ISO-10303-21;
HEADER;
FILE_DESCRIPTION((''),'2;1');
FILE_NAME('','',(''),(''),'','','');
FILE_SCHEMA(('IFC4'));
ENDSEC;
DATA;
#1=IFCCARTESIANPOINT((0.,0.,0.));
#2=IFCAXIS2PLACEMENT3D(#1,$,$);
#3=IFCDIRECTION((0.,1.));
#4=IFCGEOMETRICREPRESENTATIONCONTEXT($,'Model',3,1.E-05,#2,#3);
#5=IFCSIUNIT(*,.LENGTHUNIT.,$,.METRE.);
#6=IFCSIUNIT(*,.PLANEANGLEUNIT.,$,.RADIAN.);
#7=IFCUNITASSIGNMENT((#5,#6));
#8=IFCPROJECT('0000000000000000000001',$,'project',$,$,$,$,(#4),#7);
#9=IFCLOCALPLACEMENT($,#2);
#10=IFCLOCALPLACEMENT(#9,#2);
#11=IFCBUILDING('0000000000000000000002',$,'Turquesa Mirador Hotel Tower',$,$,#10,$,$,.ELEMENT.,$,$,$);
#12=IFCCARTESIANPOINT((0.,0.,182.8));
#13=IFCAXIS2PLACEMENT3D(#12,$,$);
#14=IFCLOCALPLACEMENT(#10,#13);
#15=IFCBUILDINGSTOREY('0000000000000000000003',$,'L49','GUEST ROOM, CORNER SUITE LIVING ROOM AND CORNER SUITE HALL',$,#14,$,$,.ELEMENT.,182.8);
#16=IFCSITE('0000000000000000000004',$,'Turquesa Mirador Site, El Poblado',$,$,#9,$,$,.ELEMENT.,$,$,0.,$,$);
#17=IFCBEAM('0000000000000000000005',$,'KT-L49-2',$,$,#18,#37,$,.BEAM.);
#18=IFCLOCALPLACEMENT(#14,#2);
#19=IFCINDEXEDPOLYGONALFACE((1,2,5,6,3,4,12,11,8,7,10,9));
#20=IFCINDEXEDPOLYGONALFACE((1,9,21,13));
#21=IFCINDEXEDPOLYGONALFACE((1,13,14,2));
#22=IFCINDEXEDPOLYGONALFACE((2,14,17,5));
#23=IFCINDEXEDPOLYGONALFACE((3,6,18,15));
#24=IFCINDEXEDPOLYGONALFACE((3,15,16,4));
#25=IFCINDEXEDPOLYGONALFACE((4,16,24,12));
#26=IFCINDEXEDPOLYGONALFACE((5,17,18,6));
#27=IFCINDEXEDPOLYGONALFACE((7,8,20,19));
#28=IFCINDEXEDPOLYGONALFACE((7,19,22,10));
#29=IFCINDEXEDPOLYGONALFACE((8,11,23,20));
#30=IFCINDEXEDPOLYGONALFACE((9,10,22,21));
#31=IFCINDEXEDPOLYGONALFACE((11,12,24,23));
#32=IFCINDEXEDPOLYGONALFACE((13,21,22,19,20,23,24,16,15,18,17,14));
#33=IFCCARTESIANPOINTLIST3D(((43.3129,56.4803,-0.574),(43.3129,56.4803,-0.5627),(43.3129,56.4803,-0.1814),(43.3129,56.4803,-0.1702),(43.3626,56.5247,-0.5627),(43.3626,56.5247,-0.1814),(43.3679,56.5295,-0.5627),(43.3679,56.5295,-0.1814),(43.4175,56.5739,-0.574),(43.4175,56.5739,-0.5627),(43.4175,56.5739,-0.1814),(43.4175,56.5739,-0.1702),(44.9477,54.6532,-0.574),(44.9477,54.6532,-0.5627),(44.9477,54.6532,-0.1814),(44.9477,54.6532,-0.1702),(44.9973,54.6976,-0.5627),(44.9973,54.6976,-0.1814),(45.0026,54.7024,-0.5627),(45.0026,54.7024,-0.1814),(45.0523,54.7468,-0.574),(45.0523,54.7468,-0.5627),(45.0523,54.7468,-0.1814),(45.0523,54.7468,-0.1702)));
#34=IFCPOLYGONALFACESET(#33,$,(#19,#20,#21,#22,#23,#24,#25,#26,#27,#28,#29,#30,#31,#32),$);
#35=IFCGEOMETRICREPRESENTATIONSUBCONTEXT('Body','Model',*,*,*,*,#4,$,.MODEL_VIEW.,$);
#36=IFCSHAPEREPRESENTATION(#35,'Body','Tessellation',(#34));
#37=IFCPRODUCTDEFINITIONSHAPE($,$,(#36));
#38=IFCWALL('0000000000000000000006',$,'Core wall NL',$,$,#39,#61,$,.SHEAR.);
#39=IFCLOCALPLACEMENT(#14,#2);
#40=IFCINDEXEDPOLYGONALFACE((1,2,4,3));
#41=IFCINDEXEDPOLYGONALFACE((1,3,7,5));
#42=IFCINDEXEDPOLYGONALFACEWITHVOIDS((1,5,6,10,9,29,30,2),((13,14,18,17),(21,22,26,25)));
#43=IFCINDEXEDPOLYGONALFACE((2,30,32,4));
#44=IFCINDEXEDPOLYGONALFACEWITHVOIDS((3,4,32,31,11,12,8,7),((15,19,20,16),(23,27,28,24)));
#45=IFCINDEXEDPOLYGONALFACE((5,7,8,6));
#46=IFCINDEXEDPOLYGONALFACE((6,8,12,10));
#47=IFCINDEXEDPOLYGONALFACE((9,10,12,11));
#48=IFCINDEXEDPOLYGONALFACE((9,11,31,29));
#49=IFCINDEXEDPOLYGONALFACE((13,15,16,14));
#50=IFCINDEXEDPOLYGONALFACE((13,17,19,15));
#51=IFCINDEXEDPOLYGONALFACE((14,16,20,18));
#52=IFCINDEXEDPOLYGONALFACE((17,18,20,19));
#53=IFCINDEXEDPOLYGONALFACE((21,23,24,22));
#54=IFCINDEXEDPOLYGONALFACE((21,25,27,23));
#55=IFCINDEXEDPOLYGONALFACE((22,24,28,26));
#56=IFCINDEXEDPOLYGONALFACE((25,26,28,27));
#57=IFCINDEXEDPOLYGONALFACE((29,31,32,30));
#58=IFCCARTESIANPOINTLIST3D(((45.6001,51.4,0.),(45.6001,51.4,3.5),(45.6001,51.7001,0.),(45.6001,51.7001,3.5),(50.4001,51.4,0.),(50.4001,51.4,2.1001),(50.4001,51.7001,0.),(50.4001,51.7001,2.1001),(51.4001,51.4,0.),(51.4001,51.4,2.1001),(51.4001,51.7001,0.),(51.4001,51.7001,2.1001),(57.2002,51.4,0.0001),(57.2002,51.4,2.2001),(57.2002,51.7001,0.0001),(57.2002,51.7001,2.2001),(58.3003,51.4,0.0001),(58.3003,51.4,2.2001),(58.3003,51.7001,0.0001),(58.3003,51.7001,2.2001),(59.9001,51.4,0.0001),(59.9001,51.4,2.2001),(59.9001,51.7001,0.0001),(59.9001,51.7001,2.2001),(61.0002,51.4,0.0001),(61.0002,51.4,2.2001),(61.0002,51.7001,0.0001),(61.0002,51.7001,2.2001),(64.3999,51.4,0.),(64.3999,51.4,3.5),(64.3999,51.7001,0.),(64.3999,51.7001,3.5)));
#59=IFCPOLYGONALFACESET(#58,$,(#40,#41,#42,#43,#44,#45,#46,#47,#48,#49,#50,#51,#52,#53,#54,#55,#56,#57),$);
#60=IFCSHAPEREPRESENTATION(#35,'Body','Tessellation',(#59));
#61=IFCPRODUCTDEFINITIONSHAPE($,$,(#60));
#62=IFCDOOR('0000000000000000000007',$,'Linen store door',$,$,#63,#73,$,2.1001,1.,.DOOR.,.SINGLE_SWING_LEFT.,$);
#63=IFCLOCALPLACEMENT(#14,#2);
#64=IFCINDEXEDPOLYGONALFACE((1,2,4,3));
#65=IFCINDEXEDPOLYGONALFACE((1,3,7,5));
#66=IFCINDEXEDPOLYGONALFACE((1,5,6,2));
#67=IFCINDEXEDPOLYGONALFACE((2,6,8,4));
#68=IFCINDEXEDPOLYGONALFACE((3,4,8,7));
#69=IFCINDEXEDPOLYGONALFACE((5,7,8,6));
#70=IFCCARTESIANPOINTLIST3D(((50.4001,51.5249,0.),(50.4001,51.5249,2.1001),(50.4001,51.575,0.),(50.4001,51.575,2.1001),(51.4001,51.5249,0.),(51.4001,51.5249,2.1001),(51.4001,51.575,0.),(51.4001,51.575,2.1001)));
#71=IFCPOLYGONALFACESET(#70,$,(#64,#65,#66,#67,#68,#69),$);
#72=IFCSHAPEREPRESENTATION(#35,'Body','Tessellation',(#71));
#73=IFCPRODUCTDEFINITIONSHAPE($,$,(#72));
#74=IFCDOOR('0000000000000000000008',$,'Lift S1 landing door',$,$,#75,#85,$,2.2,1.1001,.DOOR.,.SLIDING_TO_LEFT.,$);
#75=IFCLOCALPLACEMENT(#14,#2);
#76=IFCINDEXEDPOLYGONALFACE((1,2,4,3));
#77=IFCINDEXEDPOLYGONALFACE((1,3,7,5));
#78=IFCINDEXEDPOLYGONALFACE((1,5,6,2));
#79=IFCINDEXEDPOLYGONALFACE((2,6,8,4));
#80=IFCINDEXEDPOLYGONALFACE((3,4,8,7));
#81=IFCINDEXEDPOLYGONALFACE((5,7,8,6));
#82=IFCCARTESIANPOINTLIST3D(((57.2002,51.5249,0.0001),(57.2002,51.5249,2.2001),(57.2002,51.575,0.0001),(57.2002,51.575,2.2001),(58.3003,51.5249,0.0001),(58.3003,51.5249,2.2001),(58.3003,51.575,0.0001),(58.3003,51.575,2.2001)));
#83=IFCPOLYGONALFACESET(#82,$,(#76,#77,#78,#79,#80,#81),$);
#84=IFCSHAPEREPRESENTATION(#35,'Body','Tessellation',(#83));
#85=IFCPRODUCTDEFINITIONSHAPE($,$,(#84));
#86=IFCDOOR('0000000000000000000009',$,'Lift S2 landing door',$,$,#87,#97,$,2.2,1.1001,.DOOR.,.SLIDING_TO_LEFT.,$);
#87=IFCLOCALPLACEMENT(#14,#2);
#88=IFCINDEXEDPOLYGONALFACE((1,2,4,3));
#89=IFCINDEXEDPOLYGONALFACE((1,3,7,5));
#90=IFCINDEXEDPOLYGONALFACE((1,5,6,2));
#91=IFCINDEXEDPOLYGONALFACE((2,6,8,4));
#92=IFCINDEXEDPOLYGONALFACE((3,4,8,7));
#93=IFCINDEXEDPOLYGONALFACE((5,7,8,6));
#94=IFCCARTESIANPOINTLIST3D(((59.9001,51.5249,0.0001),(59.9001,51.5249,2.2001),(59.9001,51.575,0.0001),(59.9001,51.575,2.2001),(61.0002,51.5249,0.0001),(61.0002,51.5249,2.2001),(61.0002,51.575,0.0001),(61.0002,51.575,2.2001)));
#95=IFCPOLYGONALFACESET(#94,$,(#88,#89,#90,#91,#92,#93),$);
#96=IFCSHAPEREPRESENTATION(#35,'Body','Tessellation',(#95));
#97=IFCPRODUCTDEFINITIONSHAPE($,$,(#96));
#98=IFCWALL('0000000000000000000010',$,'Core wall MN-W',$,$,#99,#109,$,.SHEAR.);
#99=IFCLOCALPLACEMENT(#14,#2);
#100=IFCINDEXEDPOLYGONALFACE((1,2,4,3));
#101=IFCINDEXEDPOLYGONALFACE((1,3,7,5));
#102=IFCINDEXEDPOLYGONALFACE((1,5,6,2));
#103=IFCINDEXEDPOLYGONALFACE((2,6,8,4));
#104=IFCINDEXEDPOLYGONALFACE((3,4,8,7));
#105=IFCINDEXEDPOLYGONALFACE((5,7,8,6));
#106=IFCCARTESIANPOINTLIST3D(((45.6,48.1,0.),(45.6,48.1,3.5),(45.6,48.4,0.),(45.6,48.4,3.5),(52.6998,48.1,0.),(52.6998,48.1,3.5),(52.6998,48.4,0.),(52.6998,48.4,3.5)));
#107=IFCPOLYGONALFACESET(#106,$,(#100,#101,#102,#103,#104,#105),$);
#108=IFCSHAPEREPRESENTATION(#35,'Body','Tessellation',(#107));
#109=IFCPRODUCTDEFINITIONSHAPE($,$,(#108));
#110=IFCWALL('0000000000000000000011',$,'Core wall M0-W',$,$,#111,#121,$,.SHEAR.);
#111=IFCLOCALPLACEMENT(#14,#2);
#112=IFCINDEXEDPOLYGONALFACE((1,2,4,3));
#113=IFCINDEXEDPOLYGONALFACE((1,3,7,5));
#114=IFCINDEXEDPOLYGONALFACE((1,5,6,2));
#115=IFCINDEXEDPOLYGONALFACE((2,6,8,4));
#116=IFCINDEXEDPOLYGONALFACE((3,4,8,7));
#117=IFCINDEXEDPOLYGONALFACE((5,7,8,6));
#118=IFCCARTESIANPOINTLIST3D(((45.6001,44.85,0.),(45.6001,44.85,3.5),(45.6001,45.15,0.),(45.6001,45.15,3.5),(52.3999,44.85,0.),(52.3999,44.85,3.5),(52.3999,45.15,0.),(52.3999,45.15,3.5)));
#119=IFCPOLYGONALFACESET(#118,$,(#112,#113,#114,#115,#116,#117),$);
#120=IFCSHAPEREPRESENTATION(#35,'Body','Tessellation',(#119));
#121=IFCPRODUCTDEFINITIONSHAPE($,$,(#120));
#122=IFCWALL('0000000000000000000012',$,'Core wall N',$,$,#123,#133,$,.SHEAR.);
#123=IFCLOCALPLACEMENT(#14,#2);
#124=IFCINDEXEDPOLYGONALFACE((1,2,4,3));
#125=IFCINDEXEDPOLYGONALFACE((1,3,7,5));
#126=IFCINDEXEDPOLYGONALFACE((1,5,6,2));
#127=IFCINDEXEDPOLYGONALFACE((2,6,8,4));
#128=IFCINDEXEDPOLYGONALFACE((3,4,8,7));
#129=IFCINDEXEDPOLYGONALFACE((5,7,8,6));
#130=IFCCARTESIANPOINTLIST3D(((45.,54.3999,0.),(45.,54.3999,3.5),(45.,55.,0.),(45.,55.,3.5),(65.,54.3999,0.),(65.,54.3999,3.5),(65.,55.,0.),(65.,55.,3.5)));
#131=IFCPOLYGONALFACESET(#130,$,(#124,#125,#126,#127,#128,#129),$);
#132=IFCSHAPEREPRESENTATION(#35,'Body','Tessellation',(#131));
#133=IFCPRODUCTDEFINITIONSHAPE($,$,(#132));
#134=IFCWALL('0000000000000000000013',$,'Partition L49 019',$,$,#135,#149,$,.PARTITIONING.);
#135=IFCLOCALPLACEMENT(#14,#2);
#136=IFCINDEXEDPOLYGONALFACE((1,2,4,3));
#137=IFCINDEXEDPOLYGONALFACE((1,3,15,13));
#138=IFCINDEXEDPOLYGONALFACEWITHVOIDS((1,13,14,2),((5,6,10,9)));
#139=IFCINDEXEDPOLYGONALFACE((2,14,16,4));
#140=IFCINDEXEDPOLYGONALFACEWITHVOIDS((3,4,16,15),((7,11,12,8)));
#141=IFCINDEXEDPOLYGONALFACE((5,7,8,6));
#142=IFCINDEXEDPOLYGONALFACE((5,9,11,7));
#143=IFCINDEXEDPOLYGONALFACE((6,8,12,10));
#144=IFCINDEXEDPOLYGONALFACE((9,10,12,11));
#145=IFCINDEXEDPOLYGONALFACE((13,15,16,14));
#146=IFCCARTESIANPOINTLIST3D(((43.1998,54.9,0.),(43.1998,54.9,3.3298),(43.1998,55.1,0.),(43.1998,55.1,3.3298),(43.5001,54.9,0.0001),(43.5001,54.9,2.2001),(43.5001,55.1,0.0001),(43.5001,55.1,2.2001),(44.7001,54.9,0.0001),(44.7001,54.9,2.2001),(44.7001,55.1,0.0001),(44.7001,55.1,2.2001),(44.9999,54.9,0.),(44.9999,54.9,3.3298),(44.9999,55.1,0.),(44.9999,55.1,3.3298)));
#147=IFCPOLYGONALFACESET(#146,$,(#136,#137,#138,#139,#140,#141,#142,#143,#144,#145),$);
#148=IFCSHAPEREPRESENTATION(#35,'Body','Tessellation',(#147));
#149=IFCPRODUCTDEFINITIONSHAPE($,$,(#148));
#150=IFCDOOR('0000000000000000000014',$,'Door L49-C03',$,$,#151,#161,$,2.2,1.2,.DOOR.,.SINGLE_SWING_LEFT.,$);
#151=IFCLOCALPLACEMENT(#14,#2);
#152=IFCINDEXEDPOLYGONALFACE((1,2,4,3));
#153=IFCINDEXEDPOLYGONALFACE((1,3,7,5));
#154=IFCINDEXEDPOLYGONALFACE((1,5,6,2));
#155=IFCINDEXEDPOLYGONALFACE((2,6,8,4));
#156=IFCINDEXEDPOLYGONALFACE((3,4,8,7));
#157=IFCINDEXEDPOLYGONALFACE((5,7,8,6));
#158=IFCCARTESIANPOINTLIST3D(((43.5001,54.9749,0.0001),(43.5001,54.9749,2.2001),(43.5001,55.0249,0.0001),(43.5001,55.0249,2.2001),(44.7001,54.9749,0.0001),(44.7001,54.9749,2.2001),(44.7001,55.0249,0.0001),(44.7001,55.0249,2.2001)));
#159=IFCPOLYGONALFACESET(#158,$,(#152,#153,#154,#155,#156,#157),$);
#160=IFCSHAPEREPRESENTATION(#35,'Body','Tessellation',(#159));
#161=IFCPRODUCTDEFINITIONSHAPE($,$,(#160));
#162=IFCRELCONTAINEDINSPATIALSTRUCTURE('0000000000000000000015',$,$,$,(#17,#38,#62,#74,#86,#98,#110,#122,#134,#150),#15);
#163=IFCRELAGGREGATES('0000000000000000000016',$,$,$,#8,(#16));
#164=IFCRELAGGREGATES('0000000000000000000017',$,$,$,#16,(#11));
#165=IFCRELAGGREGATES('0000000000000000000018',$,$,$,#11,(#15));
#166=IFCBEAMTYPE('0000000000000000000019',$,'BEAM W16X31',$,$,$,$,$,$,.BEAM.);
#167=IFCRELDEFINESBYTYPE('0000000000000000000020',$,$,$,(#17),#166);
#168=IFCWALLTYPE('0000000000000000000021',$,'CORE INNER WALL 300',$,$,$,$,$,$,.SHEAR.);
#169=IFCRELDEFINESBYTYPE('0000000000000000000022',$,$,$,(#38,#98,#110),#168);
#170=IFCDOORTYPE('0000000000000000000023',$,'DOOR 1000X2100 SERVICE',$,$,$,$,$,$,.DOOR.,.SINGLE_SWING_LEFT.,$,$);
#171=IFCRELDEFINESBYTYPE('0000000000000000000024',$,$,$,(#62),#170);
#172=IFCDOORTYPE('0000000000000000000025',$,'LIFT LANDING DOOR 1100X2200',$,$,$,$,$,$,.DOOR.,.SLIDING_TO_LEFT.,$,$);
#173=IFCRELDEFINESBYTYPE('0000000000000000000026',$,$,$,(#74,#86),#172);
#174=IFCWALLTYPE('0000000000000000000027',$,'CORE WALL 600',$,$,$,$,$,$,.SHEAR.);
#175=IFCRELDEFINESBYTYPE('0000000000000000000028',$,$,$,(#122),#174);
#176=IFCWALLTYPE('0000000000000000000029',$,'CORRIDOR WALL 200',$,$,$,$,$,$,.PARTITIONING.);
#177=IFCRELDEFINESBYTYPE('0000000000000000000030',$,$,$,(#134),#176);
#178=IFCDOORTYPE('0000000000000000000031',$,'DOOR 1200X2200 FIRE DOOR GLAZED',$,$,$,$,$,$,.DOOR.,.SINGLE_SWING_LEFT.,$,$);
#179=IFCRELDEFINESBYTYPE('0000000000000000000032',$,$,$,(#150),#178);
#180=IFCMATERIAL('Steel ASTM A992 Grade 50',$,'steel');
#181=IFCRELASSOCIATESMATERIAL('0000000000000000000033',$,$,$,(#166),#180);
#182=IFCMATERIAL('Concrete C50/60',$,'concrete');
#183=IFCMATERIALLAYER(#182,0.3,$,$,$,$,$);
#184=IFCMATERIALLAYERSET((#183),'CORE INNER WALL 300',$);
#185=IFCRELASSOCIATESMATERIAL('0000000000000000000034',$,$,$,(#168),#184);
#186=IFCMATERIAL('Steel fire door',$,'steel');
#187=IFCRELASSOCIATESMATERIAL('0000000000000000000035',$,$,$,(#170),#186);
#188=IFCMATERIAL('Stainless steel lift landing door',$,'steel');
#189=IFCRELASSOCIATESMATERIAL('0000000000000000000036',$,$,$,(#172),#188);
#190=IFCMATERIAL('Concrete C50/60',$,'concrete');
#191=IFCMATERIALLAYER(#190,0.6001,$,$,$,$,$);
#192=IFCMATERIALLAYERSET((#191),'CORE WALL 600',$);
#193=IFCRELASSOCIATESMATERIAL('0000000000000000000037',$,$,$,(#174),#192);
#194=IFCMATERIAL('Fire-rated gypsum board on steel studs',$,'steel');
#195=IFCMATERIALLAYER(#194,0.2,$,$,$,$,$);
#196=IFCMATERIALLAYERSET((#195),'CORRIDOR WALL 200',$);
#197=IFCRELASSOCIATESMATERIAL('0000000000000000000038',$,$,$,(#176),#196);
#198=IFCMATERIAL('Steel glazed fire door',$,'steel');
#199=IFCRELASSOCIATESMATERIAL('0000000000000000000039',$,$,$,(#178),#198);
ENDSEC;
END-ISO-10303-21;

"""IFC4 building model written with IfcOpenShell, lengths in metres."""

from ifc_helpers import new_model, si_unit, direction, frame, frame_2d, origin, origin_2d, place, context, subcontext, project, spatial, rectangle, i_section, extrude, material, layer, layer_set, material_profile, profile_set, type_object, element, fill, save


model = new_model("IFC4")

# Units and contexts
model_context = context("Model", 3, precision=1e-05, world=origin(), true_north=direction((0.0, 1.0)))
body_context = subcontext(model_context, "Body", "Model", "MODEL_VIEW")
ifc_project = project(units=[si_unit("LENGTHUNIT", "METRE"), si_unit("PLANEANGLEUNIT", "RADIAN")], contexts=[model_context])

# Site, building, storey
site_placement = place(None, origin())
site = spatial("IfcSite", under=ifc_project, at=site_placement, Name="Turquesa Mirador Site, El Poblado", CompositionType="ELEMENT", RefElevation=0.0)
building_placement = place(site_placement, origin())
building = spatial("IfcBuilding", under=site, at=building_placement, Name="Turquesa Mirador Hotel Tower", CompositionType="ELEMENT")
storey_placement = place(building_placement, frame((0.0, 0.0, 182.8)))
storey = spatial("IfcBuildingStorey", under=building, at=storey_placement, Name="L49", Description="GUEST ROOM, CORNER SUITE LIVING ROOM AND CORNER SUITE HALL", CompositionType="ELEMENT", Elevation=182.8)

# Beam
ifc_material_1 = material(Name="Steel ASTM A992 Grade 50", Category="steel")
ifc_material_profile = material_profile(ifc_material_1, i_section(OverallWidth=0.1404, OverallDepth=0.4038, WebThickness=0.0071, FlangeThickness=0.0112, at=origin_2d()), Name="W16X31")
ifc_profile_set = profile_set([ifc_material_profile], Name="Steel ASTM A992 Grade 50")
beam_type = type_object("IfcBeamType", Name="BEAM W16X31", PredefinedType="BEAM", material=ifc_profile_set)
beam_placement = place(storey_placement, frame((43.3652, 56.5271, -0.3721), z_axis=(0.666783, -0.745252, 0.0), x_axis=(0.745252, 0.666783, 0.0)))
element("IfcBeam", 1, at=beam_placement, inside=storey, type_object=beam_type, Name="KT-L49-2", PredefinedType="BEAM", context=body_context, shape_type="SweptSolid", body=[
    extrude(i_section(OverallWidth=0.1404, OverallDepth=0.4038, WebThickness=0.0071, FlangeThickness=0.0112, at=origin_2d()), origin(), (0.0, 0.0, 1.0), 2.4517),
])

# Wall, openings, doors
ifc_material_2 = material(Name="Concrete C50/60", Category="concrete")
ifc_layer_1 = layer(ifc_material_2, 0.3)
ifc_layer_set_1 = layer_set([ifc_layer_1], Name="CORE INNER WALL 300")
wall_type_1 = type_object("IfcWallType", Name="CORE INNER WALL 300", PredefinedType="SHEAR", material=ifc_layer_set_1)
wall_1_placement = place(storey_placement, frame((45.6001, 51.55, 0.0), z_axis=(0.0, 0.0, 1.0), x_axis=(1.0, 0.0, 0.0)))
wall_1 = element("IfcWall", 2, at=wall_1_placement, inside=storey, type_object=wall_type_1, Name="Core wall NL", PredefinedType="SHEAR", context=body_context, shape_type="SweptSolid", body=[
    extrude(rectangle(XDim=18.7998, YDim=0.3, at=frame_2d((9.3999, 0.0))), origin(), (0.0, 0.0, 1.0), 3.5),
])
opening_1_placement = place(wall_1_placement, frame((4.8, 0.0, 0.0)))
opening_1 = element("IfcOpeningElement", 3, at=opening_1_placement, cuts=wall_1, PredefinedType="OPENING", context=body_context, shape_type="SweptSolid", body=[
    extrude(rectangle(XDim=1.0, YDim=2.1001, at=frame_2d((0.5, 1.05))), frame((0.0, 0.1599, 0.0), z_axis=(0.0, -1.0, 0.0), x_axis=(1.0, 0.0, 0.0)), (0.0, 0.0, 1.0), 0.3201),
])
opening_2_placement = place(wall_1_placement, frame((11.6001, 0.0, 0.0)))
opening_2 = element("IfcOpeningElement", 4, at=opening_2_placement, cuts=wall_1, PredefinedType="OPENING", context=body_context, shape_type="SweptSolid", body=[
    extrude(rectangle(XDim=1.1001, YDim=2.2, at=frame_2d((0.55, 1.1001))), frame((0.0, 0.1599, 0.0), z_axis=(0.0, -1.0, 0.0), x_axis=(1.0, 0.0, 0.0)), (0.0, 0.0, 1.0), 0.3201),
])
opening_3_placement = place(wall_1_placement, frame((14.3, 0.0, 0.0)))
opening_3 = element("IfcOpeningElement", 5, at=opening_3_placement, cuts=wall_1, PredefinedType="OPENING", context=body_context, shape_type="SweptSolid", body=[
    extrude(rectangle(XDim=1.1001, YDim=2.2, at=frame_2d((0.55, 1.1001))), frame((0.0, 0.1599, 0.0), z_axis=(0.0, -1.0, 0.0), x_axis=(1.0, 0.0, 0.0)), (0.0, 0.0, 1.0), 0.3201),
])
ifc_material_3 = material(Name="Steel fire door", Category="steel")
door_type_1 = type_object("IfcDoorType", Name="DOOR 1000X2100 SERVICE", OperationType="SINGLE_SWING_LEFT", PredefinedType="DOOR", material=ifc_material_3)
door_1_placement = place(opening_1_placement, origin())
door_1 = element("IfcDoor", 6, at=door_1_placement, inside=storey, type_object=door_type_1, Name="Linen store door", OperationType="SINGLE_SWING_LEFT", OverallHeight=2.1001, OverallWidth=1.0, PredefinedType="DOOR", context=body_context, shape_type="SweptSolid", body=[
    extrude(rectangle(XDim=1.0, YDim=2.1001, at=frame_2d((0.5, 1.05))), frame((0.0, 0.0249, 0.0), z_axis=(0.0, -1.0, 0.0), x_axis=(1.0, 0.0, 0.0)), (0.0, 0.0, 1.0), 0.05),
])
fill(opening_1, door_1)
ifc_material_4 = material(Name="Stainless steel lift landing door", Category="steel")
door_type_2 = type_object("IfcDoorType", Name="LIFT LANDING DOOR 1100X2200", OperationType="SLIDING_TO_LEFT", PredefinedType="DOOR", material=ifc_material_4)
door_2_placement = place(opening_2_placement, origin())
door_2 = element("IfcDoor", 7, at=door_2_placement, inside=storey, type_object=door_type_2, Name="Lift S1 landing door", OperationType="SLIDING_TO_LEFT", OverallHeight=2.2, OverallWidth=1.1001, PredefinedType="DOOR", context=body_context, shape_type="SweptSolid", body=[
    extrude(rectangle(XDim=1.1001, YDim=2.2, at=frame_2d((0.55, 1.1001))), frame((0.0, 0.0249, 0.0), z_axis=(0.0, -1.0, 0.0), x_axis=(1.0, 0.0, 0.0)), (0.0, 0.0, 1.0), 0.05),
])
fill(opening_2, door_2)
door_3_placement = place(opening_3_placement, origin())
door_3 = element("IfcDoor", 8, at=door_3_placement, inside=storey, type_object=door_type_2, Name="Lift S2 landing door", OperationType="SLIDING_TO_LEFT", OverallHeight=2.2, OverallWidth=1.1001, PredefinedType="DOOR", context=body_context, shape_type="SweptSolid", body=[
    extrude(rectangle(XDim=1.1001, YDim=2.2, at=frame_2d((0.55, 1.1001))), frame((0.0, 0.0249, 0.0), z_axis=(0.0, -1.0, 0.0), x_axis=(1.0, 0.0, 0.0)), (0.0, 0.0, 1.0), 0.05),
])
fill(opening_3, door_3)

# Walls
wall_2_placement = place(storey_placement, frame((45.6001, 48.25, 0.0), z_axis=(0.0, 0.0, 1.0), x_axis=(1.0, 0.0, 0.0)))
element("IfcWall", 9, at=wall_2_placement, inside=storey, type_object=wall_type_1, Name="Core wall MN-W", PredefinedType="SHEAR", context=body_context, shape_type="SweptSolid", body=[
    extrude(rectangle(XDim=7.0999, YDim=0.3, at=frame_2d((3.5498, 0.0))), origin(), (0.0, 0.0, 1.0), 3.5),
])
wall_3_placement = place(storey_placement, frame((45.6001, 45.0, 0.0), z_axis=(0.0, 0.0, 1.0), x_axis=(1.0, 0.0, 0.0)))
element("IfcWall", 10, at=wall_3_placement, inside=storey, type_object=wall_type_1, Name="Core wall M0-W", PredefinedType="SHEAR", context=body_context, shape_type="SweptSolid", body=[
    extrude(rectangle(XDim=6.7998, YDim=0.3, at=frame_2d((3.3999, 0.0))), origin(), (0.0, 0.0, 1.0), 3.5),
])
ifc_material_5 = material(Name="Concrete C50/60", Category="concrete")
ifc_layer_2 = layer(ifc_material_5, 0.6001)
ifc_layer_set_2 = layer_set([ifc_layer_2], Name="CORE WALL 600")
wall_type_2 = type_object("IfcWallType", Name="CORE WALL 600", PredefinedType="SHEAR", material=ifc_layer_set_2)
wall_4_placement = place(storey_placement, frame((45.0, 54.7, 0.0), z_axis=(0.0, 0.0, 1.0), x_axis=(1.0, 0.0, 0.0)))
element("IfcWall", 11, at=wall_4_placement, inside=storey, type_object=wall_type_2, Name="Core wall N", PredefinedType="SHEAR", context=body_context, shape_type="SweptSolid", body=[
    extrude(rectangle(XDim=20.0, YDim=0.6001, at=frame_2d((10.0, 0.0))), origin(), (0.0, 0.0, 1.0), 3.5),
])

# Wall, opening, door
ifc_material_6 = material(Name="Fire-rated gypsum board on steel studs", Category="steel")
ifc_layer_3 = layer(ifc_material_6, 0.2)
ifc_layer_set_3 = layer_set([ifc_layer_3], Name="CORRIDOR WALL 200")
wall_type_3 = type_object("IfcWallType", Name="CORRIDOR WALL 200", PredefinedType="PARTITIONING", material=ifc_layer_set_3)
wall_5_placement = place(storey_placement, frame((43.2, 55.0, 0.0), z_axis=(0.0, 0.0, 1.0), x_axis=(1.0, 0.0, 0.0)))
wall_5 = element("IfcWall", 12, at=wall_5_placement, inside=storey, type_object=wall_type_3, Name="Partition L49 019", PredefinedType="PARTITIONING", context=body_context, shape_type="SweptSolid", body=[
    extrude(rectangle(XDim=1.8, YDim=0.2, at=frame_2d((0.8999, 0.0))), origin(), (0.0, 0.0, 1.0), 3.3298),
])
opening_4_placement = place(wall_5_placement, frame((0.3, 0.0, 0.0)))
opening_4 = element("IfcOpeningElement", 13, at=opening_4_placement, cuts=wall_5, PredefinedType="OPENING", context=body_context, shape_type="SweptSolid", body=[
    extrude(rectangle(XDim=1.2, YDim=2.2, at=frame_2d((0.6001, 1.1001))), frame((0.0, 0.1099, 0.0), z_axis=(0.0, -1.0, 0.0), x_axis=(1.0, 0.0, 0.0)), (0.0, 0.0, 1.0), 0.22),
])
ifc_material_7 = material(Name="Steel glazed fire door", Category="steel")
door_type_3 = type_object("IfcDoorType", Name="DOOR 1200X2200 FIRE DOOR GLAZED", OperationType="SINGLE_SWING_LEFT", PredefinedType="DOOR", material=ifc_material_7)
door_4_placement = place(opening_4_placement, origin())
door_4 = element("IfcDoor", 14, at=door_4_placement, inside=storey, type_object=door_type_3, Name="Door L49-C03", OperationType="SINGLE_SWING_LEFT", OverallHeight=2.2, OverallWidth=1.2, PredefinedType="DOOR", context=body_context, shape_type="SweptSolid", body=[
    extrude(rectangle(XDim=1.2, YDim=2.2, at=frame_2d((0.6001, 1.1001))), frame((0.0, 0.0249, 0.0), z_axis=(0.0, -1.0, 0.0), x_axis=(1.0, 0.0, 0.0)), (0.0, 0.0, 1.0), 0.05),
])
fill(opening_4, door_4)

save(model, "model.ifc")
